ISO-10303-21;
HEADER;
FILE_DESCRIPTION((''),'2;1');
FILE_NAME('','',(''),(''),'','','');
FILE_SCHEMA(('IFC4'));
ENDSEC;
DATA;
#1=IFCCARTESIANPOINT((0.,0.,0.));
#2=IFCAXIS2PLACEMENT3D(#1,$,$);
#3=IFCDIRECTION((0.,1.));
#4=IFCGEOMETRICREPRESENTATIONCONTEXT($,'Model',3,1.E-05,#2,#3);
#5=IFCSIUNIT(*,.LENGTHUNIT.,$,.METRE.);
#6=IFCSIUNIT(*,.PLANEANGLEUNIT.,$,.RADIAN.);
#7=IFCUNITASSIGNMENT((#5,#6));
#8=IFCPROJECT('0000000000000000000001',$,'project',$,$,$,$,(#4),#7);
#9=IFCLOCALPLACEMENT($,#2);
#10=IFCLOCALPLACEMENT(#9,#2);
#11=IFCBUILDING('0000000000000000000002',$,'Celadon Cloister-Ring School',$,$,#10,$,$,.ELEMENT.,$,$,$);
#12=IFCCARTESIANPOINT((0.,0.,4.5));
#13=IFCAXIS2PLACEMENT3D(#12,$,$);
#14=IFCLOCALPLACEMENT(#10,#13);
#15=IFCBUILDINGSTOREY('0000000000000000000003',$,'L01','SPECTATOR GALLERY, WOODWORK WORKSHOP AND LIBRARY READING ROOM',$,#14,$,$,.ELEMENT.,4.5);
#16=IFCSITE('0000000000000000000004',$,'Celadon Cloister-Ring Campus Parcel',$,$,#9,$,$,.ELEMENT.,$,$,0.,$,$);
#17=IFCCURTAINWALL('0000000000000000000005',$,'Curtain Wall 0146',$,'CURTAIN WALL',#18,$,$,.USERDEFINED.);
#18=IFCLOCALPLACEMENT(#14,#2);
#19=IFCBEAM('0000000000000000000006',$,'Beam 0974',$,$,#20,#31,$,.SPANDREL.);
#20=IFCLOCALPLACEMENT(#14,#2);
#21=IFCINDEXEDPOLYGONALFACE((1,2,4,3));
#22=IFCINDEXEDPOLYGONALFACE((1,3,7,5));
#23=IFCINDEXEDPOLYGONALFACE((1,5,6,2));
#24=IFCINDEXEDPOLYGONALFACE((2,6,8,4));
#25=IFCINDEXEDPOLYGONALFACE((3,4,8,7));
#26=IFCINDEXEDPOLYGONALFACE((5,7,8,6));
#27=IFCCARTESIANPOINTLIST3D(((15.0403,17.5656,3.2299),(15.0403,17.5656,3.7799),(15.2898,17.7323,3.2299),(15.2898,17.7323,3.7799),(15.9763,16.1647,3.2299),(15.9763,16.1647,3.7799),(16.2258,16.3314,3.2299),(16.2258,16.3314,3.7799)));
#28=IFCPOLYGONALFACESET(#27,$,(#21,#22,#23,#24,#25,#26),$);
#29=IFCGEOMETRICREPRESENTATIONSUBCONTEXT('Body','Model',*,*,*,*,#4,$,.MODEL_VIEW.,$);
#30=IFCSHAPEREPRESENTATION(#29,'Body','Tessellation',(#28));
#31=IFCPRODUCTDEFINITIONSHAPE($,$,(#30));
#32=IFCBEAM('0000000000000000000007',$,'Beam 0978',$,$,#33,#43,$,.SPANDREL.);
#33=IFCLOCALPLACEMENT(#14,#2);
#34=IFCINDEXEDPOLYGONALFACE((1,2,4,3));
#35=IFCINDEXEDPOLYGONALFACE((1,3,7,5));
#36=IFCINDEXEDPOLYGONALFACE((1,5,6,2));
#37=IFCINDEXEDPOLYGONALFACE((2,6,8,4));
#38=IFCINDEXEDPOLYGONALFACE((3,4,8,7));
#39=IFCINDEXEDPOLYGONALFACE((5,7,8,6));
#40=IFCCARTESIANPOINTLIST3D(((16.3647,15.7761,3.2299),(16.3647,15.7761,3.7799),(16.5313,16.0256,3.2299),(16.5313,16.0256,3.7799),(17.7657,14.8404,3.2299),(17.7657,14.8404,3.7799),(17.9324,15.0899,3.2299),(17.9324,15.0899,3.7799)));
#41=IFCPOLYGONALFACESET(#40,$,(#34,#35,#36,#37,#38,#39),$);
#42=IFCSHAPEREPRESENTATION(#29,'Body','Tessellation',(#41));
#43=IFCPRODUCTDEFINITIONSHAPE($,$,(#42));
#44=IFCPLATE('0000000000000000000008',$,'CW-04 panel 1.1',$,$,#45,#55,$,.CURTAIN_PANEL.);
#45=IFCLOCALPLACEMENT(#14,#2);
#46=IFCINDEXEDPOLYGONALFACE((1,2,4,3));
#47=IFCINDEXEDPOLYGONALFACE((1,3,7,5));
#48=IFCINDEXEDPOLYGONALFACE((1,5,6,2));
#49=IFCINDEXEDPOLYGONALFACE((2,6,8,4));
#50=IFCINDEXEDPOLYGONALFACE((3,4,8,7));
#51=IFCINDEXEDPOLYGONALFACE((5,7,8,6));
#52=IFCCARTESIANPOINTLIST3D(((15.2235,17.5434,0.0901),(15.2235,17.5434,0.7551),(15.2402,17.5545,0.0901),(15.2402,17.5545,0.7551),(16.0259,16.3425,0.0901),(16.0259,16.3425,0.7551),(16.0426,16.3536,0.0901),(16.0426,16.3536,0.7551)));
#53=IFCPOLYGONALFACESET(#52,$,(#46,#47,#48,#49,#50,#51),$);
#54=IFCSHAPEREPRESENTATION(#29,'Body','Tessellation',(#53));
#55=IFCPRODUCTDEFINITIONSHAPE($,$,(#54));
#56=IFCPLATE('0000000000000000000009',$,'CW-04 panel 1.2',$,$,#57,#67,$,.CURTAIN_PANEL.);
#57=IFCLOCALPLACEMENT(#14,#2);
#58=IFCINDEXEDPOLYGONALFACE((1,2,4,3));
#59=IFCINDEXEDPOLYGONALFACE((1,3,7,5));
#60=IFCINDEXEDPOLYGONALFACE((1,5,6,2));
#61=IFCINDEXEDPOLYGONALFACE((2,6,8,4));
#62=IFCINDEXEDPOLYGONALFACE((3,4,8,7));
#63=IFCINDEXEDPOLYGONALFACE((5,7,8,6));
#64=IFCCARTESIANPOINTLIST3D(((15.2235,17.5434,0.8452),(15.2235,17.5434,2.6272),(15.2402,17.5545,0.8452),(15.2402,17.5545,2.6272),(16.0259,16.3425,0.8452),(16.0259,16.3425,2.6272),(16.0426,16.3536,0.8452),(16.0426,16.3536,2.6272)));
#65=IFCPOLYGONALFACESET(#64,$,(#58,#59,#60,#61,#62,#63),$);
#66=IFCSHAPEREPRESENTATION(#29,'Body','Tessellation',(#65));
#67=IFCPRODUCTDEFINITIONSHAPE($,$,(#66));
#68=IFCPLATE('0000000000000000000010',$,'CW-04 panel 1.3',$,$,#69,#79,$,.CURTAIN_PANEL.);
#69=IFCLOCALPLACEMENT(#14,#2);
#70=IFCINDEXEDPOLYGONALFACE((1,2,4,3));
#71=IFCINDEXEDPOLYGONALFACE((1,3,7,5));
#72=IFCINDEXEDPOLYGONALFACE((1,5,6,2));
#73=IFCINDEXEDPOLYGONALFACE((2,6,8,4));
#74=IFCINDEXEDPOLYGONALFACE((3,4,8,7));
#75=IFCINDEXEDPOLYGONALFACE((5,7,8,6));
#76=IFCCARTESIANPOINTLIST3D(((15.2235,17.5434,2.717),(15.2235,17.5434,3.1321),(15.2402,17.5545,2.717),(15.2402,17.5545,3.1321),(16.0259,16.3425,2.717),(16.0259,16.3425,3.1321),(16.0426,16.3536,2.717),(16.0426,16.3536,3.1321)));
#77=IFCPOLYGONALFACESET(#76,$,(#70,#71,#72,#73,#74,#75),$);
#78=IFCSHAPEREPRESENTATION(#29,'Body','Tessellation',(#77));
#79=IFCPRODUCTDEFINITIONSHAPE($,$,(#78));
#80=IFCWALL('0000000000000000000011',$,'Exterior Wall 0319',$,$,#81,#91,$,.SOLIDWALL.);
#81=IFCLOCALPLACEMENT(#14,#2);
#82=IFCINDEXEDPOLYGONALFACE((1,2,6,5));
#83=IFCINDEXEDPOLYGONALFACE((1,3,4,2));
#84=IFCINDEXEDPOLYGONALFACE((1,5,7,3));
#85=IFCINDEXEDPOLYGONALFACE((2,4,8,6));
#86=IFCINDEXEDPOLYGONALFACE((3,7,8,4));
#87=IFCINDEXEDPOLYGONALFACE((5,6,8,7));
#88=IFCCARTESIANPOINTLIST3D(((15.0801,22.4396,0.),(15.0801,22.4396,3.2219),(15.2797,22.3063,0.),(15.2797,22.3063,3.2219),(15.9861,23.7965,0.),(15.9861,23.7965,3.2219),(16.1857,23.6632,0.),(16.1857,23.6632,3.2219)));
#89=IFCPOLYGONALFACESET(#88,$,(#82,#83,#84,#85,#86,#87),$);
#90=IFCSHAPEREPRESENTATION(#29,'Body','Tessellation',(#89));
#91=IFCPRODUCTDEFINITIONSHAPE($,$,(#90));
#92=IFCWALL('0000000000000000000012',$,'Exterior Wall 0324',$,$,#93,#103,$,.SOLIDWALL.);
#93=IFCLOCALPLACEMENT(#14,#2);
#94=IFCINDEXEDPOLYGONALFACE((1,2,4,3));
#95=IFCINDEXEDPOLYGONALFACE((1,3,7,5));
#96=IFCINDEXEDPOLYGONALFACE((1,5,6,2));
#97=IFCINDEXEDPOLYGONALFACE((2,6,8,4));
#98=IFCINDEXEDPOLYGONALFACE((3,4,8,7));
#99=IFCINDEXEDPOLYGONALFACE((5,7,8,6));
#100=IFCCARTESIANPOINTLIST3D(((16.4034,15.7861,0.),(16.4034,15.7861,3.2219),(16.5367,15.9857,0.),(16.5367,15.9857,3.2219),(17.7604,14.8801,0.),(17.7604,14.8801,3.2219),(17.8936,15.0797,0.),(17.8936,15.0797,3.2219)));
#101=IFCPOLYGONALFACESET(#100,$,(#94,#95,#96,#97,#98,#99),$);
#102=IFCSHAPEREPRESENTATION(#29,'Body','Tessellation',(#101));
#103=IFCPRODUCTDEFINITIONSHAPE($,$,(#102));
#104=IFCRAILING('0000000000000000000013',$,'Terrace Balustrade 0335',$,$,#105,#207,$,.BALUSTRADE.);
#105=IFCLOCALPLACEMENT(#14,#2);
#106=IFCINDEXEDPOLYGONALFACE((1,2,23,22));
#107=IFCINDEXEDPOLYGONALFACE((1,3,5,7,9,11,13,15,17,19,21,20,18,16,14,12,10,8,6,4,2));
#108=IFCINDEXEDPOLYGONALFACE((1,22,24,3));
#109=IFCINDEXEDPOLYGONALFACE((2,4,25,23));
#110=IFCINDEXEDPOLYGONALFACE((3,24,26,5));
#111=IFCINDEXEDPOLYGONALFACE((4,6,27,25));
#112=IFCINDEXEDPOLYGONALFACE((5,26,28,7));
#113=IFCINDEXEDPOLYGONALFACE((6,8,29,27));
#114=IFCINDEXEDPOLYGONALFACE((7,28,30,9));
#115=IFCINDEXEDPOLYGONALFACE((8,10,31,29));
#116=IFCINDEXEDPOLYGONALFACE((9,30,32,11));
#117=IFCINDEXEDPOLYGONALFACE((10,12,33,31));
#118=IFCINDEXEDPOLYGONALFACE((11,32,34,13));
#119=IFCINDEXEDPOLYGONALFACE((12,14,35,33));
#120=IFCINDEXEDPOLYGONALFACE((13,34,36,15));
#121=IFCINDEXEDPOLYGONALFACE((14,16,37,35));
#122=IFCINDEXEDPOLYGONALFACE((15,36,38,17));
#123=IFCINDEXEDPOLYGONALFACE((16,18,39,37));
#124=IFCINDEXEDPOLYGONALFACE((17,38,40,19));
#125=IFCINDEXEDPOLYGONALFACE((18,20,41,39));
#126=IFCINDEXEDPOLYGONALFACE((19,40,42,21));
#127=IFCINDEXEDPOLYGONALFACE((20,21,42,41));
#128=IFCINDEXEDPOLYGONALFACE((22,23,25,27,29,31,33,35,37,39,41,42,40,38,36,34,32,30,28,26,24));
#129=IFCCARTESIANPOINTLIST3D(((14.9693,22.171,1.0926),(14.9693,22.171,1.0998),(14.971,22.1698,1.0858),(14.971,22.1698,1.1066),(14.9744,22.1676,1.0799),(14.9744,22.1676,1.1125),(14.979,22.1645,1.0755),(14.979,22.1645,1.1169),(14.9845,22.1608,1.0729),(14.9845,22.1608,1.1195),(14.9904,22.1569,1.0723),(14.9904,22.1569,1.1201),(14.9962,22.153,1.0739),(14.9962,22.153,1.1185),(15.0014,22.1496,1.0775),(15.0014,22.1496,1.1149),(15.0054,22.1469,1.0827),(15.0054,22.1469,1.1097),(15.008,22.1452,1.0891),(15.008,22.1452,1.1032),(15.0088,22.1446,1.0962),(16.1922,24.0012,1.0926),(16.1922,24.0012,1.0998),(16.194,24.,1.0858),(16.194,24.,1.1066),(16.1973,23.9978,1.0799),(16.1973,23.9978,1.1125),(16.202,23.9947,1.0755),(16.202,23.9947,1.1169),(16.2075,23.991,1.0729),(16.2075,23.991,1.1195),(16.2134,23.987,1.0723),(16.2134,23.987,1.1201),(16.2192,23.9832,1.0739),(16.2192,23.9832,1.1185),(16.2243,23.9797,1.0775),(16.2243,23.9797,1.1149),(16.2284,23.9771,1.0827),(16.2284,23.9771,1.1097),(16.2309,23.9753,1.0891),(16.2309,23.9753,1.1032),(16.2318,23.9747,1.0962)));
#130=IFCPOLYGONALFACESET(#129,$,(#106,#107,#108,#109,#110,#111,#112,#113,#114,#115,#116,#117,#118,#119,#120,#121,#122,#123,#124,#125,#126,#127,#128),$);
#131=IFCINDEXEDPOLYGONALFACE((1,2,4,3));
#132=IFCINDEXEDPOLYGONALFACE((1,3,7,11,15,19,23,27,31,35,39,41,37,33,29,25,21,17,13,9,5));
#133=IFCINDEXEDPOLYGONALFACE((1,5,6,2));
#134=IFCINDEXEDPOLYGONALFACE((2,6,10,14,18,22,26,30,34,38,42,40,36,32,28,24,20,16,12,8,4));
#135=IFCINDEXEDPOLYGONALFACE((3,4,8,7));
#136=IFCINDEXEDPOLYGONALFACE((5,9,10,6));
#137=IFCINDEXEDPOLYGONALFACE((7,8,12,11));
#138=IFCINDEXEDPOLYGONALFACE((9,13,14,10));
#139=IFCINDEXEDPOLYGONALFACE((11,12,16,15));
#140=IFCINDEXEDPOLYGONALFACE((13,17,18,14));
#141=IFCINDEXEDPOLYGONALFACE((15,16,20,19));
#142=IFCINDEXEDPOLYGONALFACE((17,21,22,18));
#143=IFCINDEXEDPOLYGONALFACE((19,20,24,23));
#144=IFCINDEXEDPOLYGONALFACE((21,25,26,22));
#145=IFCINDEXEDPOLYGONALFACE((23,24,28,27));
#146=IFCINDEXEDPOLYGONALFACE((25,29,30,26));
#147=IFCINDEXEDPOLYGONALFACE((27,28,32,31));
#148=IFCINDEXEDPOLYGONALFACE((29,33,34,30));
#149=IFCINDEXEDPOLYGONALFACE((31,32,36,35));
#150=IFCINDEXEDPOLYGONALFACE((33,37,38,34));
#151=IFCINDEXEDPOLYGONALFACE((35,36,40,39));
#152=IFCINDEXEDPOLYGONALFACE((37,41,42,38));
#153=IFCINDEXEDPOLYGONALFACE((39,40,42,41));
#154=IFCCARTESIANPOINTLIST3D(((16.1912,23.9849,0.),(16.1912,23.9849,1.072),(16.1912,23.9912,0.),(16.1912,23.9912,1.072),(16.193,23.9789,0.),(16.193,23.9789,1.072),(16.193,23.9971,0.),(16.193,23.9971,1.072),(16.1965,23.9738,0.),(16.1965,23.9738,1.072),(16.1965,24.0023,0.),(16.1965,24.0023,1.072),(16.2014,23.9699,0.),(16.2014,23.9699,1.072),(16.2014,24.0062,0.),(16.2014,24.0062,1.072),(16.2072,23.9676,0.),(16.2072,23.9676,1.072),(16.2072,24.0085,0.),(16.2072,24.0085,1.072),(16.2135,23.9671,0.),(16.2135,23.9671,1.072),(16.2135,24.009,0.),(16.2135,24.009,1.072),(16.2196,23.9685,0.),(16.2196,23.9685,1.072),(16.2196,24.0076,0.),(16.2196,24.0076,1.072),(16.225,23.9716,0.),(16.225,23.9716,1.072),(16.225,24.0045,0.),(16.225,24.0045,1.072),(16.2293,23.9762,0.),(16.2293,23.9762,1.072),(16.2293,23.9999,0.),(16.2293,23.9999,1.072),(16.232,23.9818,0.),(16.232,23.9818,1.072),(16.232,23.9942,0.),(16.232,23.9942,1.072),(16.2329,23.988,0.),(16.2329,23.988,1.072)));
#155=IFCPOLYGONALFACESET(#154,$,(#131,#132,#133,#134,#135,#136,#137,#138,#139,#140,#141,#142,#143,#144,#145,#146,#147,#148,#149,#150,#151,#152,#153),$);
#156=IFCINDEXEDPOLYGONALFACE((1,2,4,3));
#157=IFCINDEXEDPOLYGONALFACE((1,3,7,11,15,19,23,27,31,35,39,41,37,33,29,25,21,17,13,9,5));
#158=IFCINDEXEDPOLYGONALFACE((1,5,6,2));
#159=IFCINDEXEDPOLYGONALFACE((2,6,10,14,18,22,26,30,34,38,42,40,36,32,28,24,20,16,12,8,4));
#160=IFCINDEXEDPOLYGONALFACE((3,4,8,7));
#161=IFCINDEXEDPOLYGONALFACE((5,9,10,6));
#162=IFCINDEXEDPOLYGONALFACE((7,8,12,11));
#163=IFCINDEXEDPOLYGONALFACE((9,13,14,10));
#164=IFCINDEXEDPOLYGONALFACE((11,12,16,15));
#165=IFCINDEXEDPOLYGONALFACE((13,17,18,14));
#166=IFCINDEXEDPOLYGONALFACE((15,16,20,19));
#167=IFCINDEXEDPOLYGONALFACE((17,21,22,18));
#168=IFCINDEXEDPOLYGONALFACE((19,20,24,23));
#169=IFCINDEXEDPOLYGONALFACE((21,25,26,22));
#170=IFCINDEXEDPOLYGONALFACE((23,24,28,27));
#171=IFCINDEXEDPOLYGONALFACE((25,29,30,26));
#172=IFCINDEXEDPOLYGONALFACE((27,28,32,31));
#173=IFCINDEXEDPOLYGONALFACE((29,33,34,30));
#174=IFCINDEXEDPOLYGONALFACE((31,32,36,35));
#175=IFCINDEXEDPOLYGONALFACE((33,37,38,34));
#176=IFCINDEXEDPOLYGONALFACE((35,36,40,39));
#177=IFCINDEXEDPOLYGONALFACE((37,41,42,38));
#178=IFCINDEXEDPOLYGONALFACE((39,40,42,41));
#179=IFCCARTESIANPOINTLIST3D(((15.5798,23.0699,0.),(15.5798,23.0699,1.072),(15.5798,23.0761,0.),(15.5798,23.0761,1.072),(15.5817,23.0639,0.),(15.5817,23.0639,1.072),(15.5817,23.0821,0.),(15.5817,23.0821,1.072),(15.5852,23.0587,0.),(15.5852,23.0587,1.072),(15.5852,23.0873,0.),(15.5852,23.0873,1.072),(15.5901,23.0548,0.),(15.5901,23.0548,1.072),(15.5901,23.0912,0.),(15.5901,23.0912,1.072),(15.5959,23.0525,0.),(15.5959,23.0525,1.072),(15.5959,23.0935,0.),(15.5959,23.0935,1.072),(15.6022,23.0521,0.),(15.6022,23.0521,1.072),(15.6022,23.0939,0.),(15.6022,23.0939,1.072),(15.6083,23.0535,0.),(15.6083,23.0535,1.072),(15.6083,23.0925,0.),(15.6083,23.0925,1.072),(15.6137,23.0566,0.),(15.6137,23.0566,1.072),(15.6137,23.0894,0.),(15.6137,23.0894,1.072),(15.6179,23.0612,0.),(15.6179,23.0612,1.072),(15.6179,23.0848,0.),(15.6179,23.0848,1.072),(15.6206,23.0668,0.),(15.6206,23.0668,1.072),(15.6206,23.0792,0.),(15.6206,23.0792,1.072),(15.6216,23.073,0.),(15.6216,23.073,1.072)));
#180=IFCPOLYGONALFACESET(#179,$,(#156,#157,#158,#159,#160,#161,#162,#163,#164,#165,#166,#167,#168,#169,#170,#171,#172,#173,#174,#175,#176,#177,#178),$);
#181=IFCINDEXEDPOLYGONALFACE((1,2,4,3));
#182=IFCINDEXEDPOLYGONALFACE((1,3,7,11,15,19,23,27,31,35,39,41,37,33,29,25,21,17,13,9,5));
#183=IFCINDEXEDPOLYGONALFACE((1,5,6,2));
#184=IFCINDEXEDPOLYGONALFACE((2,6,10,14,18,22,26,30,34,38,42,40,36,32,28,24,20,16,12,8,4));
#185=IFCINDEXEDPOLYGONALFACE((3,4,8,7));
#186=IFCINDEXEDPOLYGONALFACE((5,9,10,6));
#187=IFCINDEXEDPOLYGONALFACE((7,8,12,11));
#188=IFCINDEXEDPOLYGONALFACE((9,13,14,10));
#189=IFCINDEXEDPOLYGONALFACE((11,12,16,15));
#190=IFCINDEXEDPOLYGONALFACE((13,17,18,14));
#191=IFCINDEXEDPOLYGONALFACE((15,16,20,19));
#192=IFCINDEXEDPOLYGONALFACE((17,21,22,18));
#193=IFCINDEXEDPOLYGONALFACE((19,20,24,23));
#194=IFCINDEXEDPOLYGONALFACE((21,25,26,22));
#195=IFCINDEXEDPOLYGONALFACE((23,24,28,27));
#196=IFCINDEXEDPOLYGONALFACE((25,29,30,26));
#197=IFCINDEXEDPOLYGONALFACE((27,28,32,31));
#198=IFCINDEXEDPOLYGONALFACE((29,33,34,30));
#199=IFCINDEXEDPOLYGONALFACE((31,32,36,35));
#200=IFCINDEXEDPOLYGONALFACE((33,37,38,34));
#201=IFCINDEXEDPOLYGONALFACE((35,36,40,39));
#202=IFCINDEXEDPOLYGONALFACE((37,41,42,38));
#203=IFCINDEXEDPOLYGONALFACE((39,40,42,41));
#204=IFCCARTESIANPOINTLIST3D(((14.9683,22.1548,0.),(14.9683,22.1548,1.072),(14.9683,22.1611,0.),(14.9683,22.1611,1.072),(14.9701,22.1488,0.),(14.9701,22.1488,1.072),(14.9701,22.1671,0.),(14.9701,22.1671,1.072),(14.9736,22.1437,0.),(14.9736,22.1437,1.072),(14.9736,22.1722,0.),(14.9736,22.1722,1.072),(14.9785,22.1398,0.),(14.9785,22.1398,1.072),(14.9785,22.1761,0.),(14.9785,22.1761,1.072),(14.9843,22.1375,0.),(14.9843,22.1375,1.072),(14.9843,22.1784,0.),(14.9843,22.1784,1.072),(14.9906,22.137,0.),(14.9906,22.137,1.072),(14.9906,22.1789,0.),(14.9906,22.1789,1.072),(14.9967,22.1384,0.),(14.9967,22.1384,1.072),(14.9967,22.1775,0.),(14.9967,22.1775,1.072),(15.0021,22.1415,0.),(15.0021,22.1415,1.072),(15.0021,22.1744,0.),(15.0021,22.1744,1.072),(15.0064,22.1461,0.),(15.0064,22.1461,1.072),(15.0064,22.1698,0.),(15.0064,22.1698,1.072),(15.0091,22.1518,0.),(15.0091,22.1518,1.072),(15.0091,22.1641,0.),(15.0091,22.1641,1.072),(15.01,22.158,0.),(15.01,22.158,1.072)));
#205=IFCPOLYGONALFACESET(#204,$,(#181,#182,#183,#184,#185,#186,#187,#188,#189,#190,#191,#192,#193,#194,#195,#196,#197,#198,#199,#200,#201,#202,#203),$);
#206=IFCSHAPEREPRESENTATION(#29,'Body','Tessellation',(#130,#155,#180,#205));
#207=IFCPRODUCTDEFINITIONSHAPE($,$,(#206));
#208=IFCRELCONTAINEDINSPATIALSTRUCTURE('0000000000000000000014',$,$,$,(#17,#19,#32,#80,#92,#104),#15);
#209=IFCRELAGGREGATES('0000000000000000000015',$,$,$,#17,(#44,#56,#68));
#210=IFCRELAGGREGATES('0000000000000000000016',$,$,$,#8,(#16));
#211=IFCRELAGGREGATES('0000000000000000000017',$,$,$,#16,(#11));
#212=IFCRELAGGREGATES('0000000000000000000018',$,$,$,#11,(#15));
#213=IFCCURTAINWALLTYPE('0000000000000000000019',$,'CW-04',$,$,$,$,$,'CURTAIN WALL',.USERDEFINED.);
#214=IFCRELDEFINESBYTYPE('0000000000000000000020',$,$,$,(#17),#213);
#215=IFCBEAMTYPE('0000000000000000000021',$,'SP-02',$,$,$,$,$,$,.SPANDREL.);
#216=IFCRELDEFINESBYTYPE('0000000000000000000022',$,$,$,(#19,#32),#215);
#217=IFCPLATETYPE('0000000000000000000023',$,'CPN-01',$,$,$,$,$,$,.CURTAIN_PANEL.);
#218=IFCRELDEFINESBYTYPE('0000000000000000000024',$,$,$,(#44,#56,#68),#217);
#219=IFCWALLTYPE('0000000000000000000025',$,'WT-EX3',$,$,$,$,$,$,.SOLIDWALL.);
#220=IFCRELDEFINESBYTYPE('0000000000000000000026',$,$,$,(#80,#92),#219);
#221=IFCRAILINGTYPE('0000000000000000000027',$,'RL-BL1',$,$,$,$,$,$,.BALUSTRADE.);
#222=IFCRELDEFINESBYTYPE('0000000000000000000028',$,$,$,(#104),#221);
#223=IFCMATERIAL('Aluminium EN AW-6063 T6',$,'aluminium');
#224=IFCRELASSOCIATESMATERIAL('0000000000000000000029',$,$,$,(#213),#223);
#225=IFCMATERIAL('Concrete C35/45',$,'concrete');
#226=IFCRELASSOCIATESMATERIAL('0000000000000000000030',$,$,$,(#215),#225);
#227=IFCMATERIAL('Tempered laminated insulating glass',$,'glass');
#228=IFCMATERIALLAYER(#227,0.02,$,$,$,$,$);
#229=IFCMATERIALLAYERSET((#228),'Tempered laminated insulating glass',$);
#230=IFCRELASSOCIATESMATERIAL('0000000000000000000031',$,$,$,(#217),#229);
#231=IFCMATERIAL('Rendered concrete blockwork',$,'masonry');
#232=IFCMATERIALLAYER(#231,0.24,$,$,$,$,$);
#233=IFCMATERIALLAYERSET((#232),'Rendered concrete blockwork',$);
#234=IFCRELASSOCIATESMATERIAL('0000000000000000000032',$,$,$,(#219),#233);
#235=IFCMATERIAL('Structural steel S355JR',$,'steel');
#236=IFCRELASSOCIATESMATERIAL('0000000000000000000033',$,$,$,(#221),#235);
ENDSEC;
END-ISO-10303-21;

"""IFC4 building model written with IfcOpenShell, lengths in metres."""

from ifc_helpers import new_model, si_unit, direction, frame, frame_2d, origin, origin_2d, place, context, subcontext, project, spatial, rectangle, circle, extrude, material, layer, layer_set, material_profile, profile_set, type_object, element, aggregate, save


model = new_model("IFC4")

# Units and contexts
model_context = context("Model", 3, precision=1e-05, world=origin(), true_north=direction((0.0, 1.0)))
body_context = subcontext(model_context, "Body", "Model", "MODEL_VIEW")
ifc_project = project(units=[si_unit("LENGTHUNIT", "METRE"), si_unit("PLANEANGLEUNIT", "RADIAN")], contexts=[model_context])

# Site, building, storey
site_placement = place(None, origin())
site = spatial("IfcSite", under=ifc_project, at=site_placement, Name="Celadon Cloister-Ring Campus Parcel", CompositionType="ELEMENT", RefElevation=0.0)
building_placement = place(site_placement, origin())
building = spatial("IfcBuilding", under=site, at=building_placement, Name="Celadon Cloister-Ring School", CompositionType="ELEMENT")
storey_placement = place(building_placement, frame((0.0, 0.0, 4.5)))
storey = spatial("IfcBuildingStorey", under=building, at=storey_placement, Name="L01", Description="SPECTATOR GALLERY, WOODWORK WORKSHOP AND LIBRARY READING ROOM", CompositionType="ELEMENT", Elevation=4.5)

# Shared definitions
ifc_material_1 = material(Name="Aluminium EN AW-6063 T6", Category="aluminium")
curtain_wall_type = type_object("IfcCurtainWallType", Name="CW-04", ElementType="CURTAIN WALL", PredefinedType="USERDEFINED", material=ifc_material_1)

# Curtain wall
curtain_wall_1_placement = place(storey_placement, origin())
curtain_wall_1 = element("IfcCurtainWall", 1, at=curtain_wall_1_placement, inside=storey, type_object=curtain_wall_type, Name="Curtain Wall 0146", ObjectType="CURTAIN WALL", PredefinedType="USERDEFINED")

# Beams
ifc_material_2 = material(Name="Concrete C35/45", Category="concrete")
ifc_material_profile_1 = material_profile(ifc_material_2, rectangle(XDim=0.3, YDim=0.55, at=origin_2d()), Name="RC300X550")
ifc_profile_set_1 = profile_set([ifc_material_profile_1], Name="Concrete C35/45")
beam_type = type_object("IfcBeamType", Name="SP-02", PredefinedType="SPANDREL", material=ifc_profile_set_1)
for number, where, z_axis, x_axis, name in (
    (2, (15.165, 17.6489, 3.5049), (0.555569, -0.83147, 0.0), (0.83147, 0.555569, 0.0), "Beam 0974"),
    (3, (16.448, 15.9009, 3.5049), (0.831582, -0.555402, 0.0), (0.555402, 0.831582, 0.0), "Beam 0978"),
):
    element("IfcBeam", number, at=place(storey_placement, frame(where, z_axis=z_axis, x_axis=x_axis)), inside=storey, type_object=beam_type, Name=name, PredefinedType="SPANDREL", context=body_context, shape_type="SweptSolid", body=[
        extrude(rectangle(XDim=0.3, YDim=0.55, at=origin_2d()), origin(), (0.0, 0.0, 1.0), 1.6848),
    ])

# Plates
ifc_material_3 = material(Name="Tempered laminated insulating glass", Category="glass")
ifc_layer_1 = layer(ifc_material_3, 0.02)
ifc_layer_set_1 = layer_set([ifc_layer_1], Name="Tempered laminated insulating glass")
plate_type = type_object("IfcPlateType", Name="CPN-01", PredefinedType="CURTAIN_PANEL", material=ifc_layer_set_1)
plate_1_placement = place(storey_placement, frame((15.6331, 16.9485, 0.0901), z_axis=(0.0, 0.0, 1.0), x_axis=(0.555547, -0.831485, 0.0)))
plate_1 = element("IfcPlate", 4, at=plate_1_placement, type_object=plate_type, Name="CW-04 panel 1.1", PredefinedType="CURTAIN_PANEL", context=body_context, shape_type="SweptSolid", body=[
    extrude(rectangle(XDim=1.4443, YDim=0.02, at=origin_2d()), origin(), (0.0, 0.0, 1.0), 0.665),
])
plate_2_placement = place(storey_placement, frame((15.6331, 16.9485, 0.8452), z_axis=(0.0, 0.0, 1.0), x_axis=(0.555547, -0.831485, 0.0)))
plate_2 = element("IfcPlate", 5, at=plate_2_placement, type_object=plate_type, Name="CW-04 panel 1.2", PredefinedType="CURTAIN_PANEL", context=body_context, shape_type="SweptSolid", body=[
    extrude(rectangle(XDim=1.4443, YDim=0.02, at=origin_2d()), origin(), (0.0, 0.0, 1.0), 1.782),
])
plate_3_placement = place(storey_placement, frame((15.6331, 16.9485, 2.717), z_axis=(0.0, 0.0, 1.0), x_axis=(0.555547, -0.831485, 0.0)))
plate_3 = element("IfcPlate", 6, at=plate_3_placement, type_object=plate_type, Name="CW-04 panel 1.3", PredefinedType="CURTAIN_PANEL", context=body_context, shape_type="SweptSolid", body=[
    extrude(rectangle(XDim=1.4443, YDim=0.02, at=origin_2d()), origin(), (0.0, 0.0, 1.0), 0.415),
])
aggregate(curtain_wall_1, [plate_1, plate_2, plate_3])

# Walls
ifc_material_4 = material(Name="Rendered concrete blockwork", Category="masonry")
ifc_layer_2 = layer(ifc_material_4, 0.24)
ifc_layer_set_2 = layer_set([ifc_layer_2], Name="Rendered concrete blockwork")
wall_type = type_object("IfcWallType", Name="WT-EX3", PredefinedType="SOLIDWALL", material=ifc_layer_set_2)
for number, where, z_axis, x_axis, name in (
    (7, (16.0859, 23.73, 0.0), (0.0, 0.0, 1.0), (-0.555287, -0.831659, 0.0), "Exterior Wall 0319"),
    (8, (16.47, 15.886, 0.0), (0.0, 0.0, 1.0), (0.831659, -0.555287, 0.0), "Exterior Wall 0324"),
):
    element("IfcWall", number, at=place(storey_placement, frame(where, z_axis=z_axis, x_axis=x_axis)), inside=storey, type_object=wall_type, Name=name, PredefinedType="SOLIDWALL", context=body_context, shape_type="SweptSolid", body=[
        extrude(rectangle(XDim=1.6316, YDim=0.24, at=frame_2d((0.8159, 0.0))), origin(), (0.0, 0.0, 1.0), 3.2219),
    ])

# Railing
ifc_material_5 = material(Name="Structural steel S355JR", Category="steel")
railing_type = type_object("IfcRailingType", Name="RL-BL1", PredefinedType="BALUSTRADE", material=ifc_material_5)
railing_1_placement = place(storey_placement, frame((16.2119, 23.988, 0.0)))
element("IfcRailing", 9, at=railing_1_placement, inside=storey, type_object=railing_type, Name="Terrace Balustrade 0335", PredefinedType="BALUSTRADE", context=body_context, shape_type="SweptSolid", body=[
    extrude(circle(Radius=0.0239, at=origin_2d()), frame((0.0, 0.0, 1.0962), z_axis=(-0.555596, -0.831453, 0.0), x_axis=(0.831453, -0.555596, 0.0)), (0.0, 0.0, 1.0), 2.2012),
    extrude(circle(Radius=0.021, at=origin_2d()), origin(), (0.0, 0.0, 1.0), 1.072),
    extrude(circle(Radius=0.021, at=origin_2d()), frame((-0.6113, -0.915, 0.0)), (0.0, 0.0, 1.0), 1.072),
    extrude(circle(Radius=0.021, at=origin_2d()), frame((-1.2229, -1.8301, 0.0)), (0.0, 0.0, 1.0), 1.072),
])

save(model, "model.ifc")
